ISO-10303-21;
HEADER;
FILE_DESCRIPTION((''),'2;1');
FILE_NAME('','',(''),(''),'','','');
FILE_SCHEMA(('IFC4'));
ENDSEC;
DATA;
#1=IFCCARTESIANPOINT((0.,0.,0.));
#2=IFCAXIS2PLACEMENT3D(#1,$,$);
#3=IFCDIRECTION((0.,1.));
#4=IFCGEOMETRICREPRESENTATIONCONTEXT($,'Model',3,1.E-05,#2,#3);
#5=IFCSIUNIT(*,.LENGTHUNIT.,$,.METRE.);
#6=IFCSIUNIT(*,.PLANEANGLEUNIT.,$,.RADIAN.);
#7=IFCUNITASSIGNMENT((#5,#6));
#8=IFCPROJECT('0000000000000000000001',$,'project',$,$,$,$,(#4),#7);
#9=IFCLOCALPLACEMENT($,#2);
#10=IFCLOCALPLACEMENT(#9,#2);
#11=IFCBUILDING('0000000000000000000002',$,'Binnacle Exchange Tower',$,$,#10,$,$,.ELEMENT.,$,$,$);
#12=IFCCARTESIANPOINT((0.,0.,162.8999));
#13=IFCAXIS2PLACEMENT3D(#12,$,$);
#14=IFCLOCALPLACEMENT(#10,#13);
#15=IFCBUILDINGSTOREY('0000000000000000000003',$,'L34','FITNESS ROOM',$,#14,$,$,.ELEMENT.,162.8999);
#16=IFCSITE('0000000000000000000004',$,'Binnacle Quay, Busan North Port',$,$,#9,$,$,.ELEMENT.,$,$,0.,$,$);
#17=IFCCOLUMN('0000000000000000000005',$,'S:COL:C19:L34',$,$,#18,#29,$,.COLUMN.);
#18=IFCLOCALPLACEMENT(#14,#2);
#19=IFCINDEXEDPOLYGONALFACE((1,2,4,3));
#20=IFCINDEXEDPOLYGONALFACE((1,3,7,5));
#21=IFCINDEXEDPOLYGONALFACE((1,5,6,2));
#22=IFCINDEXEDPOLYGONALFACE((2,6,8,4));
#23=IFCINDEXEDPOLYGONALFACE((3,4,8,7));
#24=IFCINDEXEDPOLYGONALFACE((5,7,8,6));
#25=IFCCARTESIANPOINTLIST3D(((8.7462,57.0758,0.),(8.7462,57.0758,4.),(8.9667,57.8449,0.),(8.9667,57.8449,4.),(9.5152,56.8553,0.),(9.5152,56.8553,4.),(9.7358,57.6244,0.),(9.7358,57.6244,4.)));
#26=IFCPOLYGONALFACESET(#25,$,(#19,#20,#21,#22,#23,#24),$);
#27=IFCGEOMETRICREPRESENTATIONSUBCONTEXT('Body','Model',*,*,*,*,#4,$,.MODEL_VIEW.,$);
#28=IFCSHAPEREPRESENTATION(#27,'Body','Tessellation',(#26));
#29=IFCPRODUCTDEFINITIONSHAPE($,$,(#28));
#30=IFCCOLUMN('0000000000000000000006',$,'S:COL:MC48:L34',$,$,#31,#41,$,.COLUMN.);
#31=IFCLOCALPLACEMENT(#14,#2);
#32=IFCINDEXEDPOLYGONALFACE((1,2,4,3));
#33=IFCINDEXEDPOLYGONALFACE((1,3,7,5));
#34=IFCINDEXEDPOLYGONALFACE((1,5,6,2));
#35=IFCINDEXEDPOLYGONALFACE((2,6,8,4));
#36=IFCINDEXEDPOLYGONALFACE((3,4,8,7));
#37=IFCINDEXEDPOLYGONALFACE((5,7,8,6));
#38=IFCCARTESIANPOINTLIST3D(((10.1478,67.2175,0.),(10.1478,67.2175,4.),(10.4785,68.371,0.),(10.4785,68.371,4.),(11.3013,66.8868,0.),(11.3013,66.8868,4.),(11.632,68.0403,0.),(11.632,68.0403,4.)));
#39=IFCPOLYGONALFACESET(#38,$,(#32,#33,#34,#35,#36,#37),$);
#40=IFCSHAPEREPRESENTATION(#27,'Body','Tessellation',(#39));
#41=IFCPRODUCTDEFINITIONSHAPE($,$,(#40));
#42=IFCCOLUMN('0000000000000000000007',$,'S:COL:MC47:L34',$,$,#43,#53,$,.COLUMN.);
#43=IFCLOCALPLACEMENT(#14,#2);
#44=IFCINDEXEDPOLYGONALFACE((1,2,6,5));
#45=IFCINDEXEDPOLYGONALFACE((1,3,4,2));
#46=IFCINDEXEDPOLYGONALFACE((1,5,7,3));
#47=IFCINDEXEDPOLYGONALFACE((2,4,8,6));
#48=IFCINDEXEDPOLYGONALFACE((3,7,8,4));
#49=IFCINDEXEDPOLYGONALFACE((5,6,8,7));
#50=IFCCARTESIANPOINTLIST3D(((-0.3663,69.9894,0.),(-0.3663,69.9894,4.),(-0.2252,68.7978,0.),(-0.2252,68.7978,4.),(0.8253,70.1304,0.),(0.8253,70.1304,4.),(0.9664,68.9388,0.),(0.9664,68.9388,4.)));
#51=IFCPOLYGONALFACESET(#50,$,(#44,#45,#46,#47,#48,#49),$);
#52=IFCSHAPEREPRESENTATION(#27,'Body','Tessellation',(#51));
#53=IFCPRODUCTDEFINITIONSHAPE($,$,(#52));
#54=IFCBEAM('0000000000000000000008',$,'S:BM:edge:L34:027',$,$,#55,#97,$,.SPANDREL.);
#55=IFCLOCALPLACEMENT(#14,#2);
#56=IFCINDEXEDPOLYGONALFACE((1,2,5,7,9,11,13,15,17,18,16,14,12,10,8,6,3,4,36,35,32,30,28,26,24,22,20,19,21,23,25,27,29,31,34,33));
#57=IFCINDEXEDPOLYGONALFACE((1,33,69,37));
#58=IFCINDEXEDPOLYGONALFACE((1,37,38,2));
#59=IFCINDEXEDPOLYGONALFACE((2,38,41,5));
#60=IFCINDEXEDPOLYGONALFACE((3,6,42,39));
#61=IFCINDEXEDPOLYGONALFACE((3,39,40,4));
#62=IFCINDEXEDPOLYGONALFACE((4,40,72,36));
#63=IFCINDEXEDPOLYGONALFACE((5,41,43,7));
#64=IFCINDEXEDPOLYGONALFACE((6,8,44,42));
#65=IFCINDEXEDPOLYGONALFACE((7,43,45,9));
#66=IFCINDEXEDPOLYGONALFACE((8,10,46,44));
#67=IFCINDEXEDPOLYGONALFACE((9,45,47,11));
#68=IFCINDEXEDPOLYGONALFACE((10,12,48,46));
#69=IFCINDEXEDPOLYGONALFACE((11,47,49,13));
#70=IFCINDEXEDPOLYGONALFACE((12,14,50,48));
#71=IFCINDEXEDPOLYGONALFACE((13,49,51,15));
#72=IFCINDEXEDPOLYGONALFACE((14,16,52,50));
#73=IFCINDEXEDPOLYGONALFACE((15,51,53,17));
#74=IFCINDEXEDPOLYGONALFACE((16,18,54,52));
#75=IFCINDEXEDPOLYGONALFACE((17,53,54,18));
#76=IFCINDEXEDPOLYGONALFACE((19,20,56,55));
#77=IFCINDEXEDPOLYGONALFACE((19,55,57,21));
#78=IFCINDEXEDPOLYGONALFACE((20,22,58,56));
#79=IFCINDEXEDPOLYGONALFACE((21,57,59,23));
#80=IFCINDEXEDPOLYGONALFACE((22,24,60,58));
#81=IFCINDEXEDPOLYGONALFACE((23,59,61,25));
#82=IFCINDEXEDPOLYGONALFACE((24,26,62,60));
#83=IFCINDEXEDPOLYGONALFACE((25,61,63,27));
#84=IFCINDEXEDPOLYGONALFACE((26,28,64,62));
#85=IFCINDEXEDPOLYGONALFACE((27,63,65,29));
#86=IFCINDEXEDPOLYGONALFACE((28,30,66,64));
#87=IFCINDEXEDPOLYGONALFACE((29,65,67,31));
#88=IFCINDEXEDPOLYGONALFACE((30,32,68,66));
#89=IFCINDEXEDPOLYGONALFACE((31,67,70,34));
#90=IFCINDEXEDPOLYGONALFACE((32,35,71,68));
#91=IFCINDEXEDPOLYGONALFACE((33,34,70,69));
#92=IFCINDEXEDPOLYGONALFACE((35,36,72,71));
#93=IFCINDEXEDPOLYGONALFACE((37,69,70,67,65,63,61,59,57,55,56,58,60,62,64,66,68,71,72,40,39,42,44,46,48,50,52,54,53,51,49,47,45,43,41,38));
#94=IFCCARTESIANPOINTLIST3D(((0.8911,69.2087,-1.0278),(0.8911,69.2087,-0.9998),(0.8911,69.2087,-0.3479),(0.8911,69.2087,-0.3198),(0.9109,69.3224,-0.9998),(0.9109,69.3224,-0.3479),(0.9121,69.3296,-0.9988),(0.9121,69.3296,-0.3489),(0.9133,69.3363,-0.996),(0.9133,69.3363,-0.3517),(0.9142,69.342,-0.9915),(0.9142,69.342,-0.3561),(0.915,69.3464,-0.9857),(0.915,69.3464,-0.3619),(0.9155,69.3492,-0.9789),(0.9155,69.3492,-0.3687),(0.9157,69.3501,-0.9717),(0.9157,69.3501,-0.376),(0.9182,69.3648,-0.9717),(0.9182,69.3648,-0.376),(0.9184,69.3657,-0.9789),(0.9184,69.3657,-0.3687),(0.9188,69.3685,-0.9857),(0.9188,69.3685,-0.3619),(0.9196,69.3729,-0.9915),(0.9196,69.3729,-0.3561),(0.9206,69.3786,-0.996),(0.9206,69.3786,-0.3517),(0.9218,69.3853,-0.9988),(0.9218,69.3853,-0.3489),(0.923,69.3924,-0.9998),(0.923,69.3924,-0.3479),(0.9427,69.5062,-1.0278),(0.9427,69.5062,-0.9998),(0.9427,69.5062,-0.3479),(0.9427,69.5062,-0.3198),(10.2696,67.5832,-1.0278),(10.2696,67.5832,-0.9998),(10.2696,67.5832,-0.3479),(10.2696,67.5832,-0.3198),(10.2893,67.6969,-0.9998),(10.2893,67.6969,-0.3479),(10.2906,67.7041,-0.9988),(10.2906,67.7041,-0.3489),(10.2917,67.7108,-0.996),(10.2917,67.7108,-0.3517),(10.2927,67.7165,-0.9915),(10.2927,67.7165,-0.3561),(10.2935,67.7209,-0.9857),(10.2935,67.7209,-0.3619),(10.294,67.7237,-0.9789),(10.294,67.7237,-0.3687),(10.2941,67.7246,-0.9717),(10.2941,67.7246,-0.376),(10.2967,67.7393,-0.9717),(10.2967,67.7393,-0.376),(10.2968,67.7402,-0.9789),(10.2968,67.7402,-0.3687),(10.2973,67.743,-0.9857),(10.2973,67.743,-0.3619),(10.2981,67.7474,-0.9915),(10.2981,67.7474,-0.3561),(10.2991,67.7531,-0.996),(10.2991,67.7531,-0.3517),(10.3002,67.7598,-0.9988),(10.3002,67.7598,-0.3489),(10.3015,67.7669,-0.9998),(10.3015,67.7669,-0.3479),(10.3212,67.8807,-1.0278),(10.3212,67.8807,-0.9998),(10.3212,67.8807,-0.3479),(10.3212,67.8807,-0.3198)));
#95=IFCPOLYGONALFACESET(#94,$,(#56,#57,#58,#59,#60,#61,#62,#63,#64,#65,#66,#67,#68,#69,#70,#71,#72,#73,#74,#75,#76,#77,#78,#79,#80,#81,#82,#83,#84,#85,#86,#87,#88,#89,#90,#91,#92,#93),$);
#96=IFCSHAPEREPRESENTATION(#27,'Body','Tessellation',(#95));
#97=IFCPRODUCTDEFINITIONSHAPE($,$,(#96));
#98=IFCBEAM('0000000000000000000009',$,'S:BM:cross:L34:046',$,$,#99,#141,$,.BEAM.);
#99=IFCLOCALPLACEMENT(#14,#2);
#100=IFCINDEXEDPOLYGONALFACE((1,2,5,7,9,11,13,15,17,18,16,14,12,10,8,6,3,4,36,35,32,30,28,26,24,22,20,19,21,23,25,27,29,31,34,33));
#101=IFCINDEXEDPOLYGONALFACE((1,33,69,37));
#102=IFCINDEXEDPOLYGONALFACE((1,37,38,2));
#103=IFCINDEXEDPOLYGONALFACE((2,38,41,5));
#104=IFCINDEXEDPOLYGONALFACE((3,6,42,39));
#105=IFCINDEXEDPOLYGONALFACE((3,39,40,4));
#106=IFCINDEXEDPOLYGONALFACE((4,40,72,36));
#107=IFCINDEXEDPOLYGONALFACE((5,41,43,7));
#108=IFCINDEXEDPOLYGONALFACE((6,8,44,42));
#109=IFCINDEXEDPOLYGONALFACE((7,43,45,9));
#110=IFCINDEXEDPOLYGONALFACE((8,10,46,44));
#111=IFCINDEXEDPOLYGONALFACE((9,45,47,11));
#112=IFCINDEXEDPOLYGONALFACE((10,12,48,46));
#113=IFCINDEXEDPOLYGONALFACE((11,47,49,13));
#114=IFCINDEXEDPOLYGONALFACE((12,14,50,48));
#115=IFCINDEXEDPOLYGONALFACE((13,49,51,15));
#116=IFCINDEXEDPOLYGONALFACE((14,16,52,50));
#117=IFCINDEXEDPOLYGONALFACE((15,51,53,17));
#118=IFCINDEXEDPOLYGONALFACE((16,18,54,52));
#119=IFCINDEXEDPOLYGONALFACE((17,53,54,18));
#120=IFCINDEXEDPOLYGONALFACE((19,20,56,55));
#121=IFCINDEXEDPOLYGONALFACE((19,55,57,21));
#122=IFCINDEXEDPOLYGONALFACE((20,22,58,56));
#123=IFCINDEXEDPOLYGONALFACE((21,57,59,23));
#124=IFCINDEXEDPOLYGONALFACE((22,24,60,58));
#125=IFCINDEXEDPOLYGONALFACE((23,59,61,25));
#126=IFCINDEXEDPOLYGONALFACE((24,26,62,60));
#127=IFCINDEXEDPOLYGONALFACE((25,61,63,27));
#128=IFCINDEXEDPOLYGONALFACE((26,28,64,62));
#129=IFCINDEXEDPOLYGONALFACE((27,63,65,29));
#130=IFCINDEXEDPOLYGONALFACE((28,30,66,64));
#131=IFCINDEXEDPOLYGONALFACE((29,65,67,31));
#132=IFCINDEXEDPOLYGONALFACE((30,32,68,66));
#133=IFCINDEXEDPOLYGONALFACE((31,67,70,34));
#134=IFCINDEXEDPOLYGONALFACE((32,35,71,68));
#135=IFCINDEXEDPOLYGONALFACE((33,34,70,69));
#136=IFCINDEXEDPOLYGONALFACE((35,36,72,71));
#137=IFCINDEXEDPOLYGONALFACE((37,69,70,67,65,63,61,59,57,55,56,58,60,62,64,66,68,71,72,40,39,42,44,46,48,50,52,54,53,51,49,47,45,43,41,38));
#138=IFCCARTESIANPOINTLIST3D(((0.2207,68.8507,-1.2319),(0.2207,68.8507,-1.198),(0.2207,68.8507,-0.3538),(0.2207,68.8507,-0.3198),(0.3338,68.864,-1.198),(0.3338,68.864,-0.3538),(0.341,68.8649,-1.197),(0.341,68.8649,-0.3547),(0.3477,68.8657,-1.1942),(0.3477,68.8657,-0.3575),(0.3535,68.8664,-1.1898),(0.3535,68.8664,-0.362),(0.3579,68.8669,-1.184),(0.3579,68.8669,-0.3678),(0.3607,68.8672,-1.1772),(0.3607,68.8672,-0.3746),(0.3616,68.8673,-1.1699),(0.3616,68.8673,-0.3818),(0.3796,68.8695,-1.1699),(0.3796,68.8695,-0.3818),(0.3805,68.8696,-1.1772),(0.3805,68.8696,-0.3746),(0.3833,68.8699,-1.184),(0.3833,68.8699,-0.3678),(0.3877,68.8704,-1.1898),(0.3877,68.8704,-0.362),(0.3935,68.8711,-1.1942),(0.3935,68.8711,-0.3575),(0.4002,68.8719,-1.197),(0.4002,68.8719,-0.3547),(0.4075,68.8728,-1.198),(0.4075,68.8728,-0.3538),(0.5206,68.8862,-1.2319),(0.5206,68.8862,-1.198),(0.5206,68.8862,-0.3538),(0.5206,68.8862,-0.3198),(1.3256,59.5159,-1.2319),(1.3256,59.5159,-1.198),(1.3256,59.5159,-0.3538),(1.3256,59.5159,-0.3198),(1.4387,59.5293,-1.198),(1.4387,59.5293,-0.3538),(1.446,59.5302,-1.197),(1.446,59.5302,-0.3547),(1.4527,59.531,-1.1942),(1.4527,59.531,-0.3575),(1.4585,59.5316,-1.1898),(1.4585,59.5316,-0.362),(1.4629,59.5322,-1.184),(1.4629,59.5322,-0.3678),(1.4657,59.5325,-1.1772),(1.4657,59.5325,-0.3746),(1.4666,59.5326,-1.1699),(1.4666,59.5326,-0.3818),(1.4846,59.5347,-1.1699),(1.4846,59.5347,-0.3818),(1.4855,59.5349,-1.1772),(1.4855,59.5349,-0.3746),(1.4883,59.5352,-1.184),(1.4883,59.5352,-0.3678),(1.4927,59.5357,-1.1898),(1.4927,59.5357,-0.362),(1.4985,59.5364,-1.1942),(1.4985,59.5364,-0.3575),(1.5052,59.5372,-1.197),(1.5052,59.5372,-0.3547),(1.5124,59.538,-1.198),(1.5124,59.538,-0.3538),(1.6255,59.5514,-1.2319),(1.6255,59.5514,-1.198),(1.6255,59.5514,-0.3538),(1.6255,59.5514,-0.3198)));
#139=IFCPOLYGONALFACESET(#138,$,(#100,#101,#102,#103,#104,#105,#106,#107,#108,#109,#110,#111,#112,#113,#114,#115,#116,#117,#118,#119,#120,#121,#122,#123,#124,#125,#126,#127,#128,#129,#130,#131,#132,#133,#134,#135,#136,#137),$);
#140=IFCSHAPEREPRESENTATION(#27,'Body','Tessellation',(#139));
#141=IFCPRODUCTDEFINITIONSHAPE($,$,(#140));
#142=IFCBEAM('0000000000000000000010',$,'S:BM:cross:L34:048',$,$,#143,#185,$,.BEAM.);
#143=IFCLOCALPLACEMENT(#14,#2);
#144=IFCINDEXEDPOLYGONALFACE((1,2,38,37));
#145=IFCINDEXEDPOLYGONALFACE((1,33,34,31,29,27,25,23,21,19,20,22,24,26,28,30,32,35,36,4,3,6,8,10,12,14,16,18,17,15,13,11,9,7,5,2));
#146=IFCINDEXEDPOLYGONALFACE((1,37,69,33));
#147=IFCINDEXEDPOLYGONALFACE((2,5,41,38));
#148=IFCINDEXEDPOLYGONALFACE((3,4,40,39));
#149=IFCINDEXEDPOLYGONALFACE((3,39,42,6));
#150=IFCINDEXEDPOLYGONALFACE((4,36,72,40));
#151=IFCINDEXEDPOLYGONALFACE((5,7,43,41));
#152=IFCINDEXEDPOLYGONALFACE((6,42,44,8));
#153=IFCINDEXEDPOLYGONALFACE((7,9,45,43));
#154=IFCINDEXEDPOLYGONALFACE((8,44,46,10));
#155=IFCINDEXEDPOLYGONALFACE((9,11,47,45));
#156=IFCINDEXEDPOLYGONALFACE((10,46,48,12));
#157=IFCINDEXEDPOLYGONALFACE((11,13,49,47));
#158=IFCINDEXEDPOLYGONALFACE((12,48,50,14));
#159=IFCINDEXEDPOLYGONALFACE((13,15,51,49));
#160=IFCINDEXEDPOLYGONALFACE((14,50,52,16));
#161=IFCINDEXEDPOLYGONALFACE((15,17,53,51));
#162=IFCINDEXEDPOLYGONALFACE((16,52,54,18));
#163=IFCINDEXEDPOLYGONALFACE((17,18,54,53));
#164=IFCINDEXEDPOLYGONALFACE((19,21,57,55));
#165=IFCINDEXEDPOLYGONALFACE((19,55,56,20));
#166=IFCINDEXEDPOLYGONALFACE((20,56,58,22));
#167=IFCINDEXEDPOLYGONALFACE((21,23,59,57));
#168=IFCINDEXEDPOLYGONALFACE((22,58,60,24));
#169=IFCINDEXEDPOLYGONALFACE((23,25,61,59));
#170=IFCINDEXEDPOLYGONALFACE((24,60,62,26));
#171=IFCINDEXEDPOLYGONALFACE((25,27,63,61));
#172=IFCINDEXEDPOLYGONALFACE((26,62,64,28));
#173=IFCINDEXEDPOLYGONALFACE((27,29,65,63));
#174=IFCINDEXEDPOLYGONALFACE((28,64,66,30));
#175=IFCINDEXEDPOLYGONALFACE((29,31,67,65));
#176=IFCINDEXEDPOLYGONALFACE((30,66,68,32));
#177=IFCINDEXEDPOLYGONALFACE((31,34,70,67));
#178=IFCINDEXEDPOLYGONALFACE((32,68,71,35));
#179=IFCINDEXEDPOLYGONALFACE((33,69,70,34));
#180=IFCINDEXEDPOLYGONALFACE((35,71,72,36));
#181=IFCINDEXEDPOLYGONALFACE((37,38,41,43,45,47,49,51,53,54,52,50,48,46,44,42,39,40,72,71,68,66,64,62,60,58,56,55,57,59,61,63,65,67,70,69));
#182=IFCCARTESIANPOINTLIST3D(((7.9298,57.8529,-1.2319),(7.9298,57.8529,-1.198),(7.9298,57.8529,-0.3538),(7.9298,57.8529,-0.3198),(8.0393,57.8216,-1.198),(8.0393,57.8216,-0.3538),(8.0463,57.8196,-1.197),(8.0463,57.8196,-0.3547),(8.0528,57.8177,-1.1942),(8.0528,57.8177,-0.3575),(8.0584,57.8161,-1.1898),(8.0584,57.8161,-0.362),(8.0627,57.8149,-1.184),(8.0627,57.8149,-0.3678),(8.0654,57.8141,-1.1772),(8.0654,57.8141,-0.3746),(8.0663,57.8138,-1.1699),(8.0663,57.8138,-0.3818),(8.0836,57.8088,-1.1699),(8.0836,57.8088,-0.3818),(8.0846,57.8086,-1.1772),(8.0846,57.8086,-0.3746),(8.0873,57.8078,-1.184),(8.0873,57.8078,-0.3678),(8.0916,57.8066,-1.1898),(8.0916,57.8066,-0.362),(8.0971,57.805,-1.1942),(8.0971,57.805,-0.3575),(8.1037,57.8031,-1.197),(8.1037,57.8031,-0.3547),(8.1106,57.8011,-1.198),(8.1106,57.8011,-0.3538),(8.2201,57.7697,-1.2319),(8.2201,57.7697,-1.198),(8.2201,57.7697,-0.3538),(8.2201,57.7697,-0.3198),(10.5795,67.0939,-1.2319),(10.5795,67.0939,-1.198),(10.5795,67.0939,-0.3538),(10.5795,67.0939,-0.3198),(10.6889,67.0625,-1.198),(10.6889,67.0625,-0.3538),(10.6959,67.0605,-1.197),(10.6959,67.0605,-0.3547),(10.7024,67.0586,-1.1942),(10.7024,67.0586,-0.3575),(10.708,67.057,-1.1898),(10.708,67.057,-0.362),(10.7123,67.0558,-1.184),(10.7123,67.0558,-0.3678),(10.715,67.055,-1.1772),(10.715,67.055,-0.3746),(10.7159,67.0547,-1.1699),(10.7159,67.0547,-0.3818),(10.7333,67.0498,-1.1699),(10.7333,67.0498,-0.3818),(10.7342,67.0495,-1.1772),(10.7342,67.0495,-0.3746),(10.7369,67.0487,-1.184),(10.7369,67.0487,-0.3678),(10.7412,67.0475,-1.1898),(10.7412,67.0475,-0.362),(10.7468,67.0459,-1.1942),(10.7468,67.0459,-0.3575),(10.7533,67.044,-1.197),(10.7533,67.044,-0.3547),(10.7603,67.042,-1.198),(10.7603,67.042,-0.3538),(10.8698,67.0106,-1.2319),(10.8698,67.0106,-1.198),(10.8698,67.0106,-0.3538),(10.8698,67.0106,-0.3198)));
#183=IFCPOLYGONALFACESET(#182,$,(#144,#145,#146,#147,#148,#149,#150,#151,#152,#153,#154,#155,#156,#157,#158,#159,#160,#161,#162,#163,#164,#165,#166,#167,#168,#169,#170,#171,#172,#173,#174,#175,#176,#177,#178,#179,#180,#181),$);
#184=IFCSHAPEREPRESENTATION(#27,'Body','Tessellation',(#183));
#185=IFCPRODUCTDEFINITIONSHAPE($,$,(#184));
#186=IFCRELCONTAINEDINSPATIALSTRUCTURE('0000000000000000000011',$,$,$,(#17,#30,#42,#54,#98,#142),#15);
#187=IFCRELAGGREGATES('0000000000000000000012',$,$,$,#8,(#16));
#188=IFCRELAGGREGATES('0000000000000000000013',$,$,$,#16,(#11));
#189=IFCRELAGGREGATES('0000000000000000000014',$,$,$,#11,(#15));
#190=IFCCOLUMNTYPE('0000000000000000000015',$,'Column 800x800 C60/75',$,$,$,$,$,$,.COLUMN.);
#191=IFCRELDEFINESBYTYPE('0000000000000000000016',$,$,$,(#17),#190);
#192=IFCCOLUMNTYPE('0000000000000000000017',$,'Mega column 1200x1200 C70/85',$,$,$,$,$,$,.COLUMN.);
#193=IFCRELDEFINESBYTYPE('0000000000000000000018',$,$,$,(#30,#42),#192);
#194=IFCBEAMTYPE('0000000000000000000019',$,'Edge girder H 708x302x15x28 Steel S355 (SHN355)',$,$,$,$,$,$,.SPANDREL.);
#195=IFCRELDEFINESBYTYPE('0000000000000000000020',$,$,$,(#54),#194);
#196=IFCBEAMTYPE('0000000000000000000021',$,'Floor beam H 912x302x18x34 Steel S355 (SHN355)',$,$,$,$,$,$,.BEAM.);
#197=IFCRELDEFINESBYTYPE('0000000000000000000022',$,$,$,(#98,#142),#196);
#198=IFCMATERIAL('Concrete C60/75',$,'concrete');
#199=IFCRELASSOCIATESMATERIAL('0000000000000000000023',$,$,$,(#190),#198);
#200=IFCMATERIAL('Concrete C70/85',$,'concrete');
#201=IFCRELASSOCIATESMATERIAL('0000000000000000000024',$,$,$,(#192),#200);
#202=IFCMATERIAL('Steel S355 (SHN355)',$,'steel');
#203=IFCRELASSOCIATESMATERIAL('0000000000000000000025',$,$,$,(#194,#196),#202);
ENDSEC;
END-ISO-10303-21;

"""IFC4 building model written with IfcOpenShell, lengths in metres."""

from ifc_helpers import new_model, si_unit, direction, frame, origin, origin_2d, place, context, subcontext, project, spatial, rectangle, i_section, extrude, material, material_profile, profile_set, type_object, element, save


model = new_model("IFC4")

# Units and contexts
model_context = context("Model", 3, precision=1e-05, world=origin(), true_north=direction((0.0, 1.0)))
body_context = subcontext(model_context, "Body", "Model", "MODEL_VIEW")
ifc_project = project(units=[si_unit("LENGTHUNIT", "METRE"), si_unit("PLANEANGLEUNIT", "RADIAN")], contexts=[model_context])

# Site, building, storey
site_placement = place(None, origin())
site = spatial("IfcSite", under=ifc_project, at=site_placement, Name="Binnacle Quay, Busan North Port", CompositionType="ELEMENT", RefElevation=0.0)
building_placement = place(site_placement, origin())
building = spatial("IfcBuilding", under=site, at=building_placement, Name="Binnacle Exchange Tower", CompositionType="ELEMENT")
storey_placement = place(building_placement, frame((0.0, 0.0, 162.8999)))
storey = spatial("IfcBuildingStorey", under=building, at=storey_placement, Name="L34", Description="FITNESS ROOM", CompositionType="ELEMENT", Elevation=162.8999)

# Columns
ifc_material_1 = material(Name="Concrete C60/75", Category="concrete")
ifc_material_profile_1 = material_profile(ifc_material_1, rectangle(XDim=0.8, YDim=0.8, at=origin_2d()), Name="Column 800x800 C60/75")
ifc_profile_set_1 = profile_set([ifc_material_profile_1], Name="Concrete C60/75")
column_type_1 = type_object("IfcColumnType", Name="Column 800x800 C60/75", PredefinedType="COLUMN", material=ifc_profile_set_1)
column_placement = place(storey_placement, frame((9.241, 57.3501, 0.0), z_axis=(0.0, 0.0, 1.0), x_axis=(0.961262, -0.275637, 0.0)))
element("IfcColumn", 1, at=column_placement, inside=storey, type_object=column_type_1, Name="S:COL:C19:L34", PredefinedType="COLUMN", context=body_context, shape_type="SweptSolid", body=[
    extrude(rectangle(XDim=0.8, YDim=0.8, at=origin_2d()), origin(), (0.0, 0.0, 1.0), 4.0),
])
ifc_material_2 = material(Name="Concrete C70/85", Category="concrete")
ifc_material_profile_2 = material_profile(ifc_material_2, rectangle(XDim=1.2, YDim=1.2, at=origin_2d()), Name="Mega column 1200x1200 C70/85")
ifc_profile_set_2 = profile_set([ifc_material_profile_2], Name="Concrete C70/85")
column_type_2 = type_object("IfcColumnType", Name="Mega column 1200x1200 C70/85", PredefinedType="COLUMN", material=ifc_profile_set_2)
for number, where, z_axis, x_axis, name in (
    (2, (10.8899, 67.6289, 0.0), (0.0, 0.0, 1.0), (-0.961262, 0.275637, 0.0), "S:COL:MC48:L34"),
    (3, (0.3, 69.4641, 0.0), (0.0, 0.0, 1.0), (-0.993068, -0.117537, 0.0), "S:COL:MC47:L34"),
):
    element("IfcColumn", number, at=place(storey_placement, frame(where, z_axis=z_axis, x_axis=x_axis)), inside=storey, type_object=column_type_2, Name=name, PredefinedType="COLUMN", context=body_context, shape_type="SweptSolid", body=[
        extrude(rectangle(XDim=1.2, YDim=1.2, at=origin_2d()), origin(), (0.0, 0.0, 1.0), 4.0),
    ])

# Beams
ifc_material_3 = material(Name="Steel S355 (SHN355)", Category="steel")
ifc_material_profile_3 = material_profile(ifc_material_3, i_section(OverallWidth=0.302, OverallDepth=0.708, WebThickness=0.0149, FlangeThickness=0.0281, FilletRadius=0.0281, at=origin_2d()), Name="H 708x302x15x28")
ifc_profile_set_3 = profile_set([ifc_material_profile_3], Name="Steel S355 (SHN355)")
beam_type_1 = type_object("IfcBeamType", Name="Edge girder H 708x302x15x28 Steel S355 (SHN355)", PredefinedType="SPANDREL", material=ifc_profile_set_3)
beam_1_placement = place(storey_placement, frame((10.2954, 67.7319, -0.6738), z_axis=(-0.98531, 0.170776, 0.0), x_axis=(-0.170776, -0.98531, 0.0)))
element("IfcBeam", 4, at=beam_1_placement, inside=storey, type_object=beam_type_1, Name="S:BM:edge:L34:027", PredefinedType="SPANDREL", context=body_context, shape_type="SweptSolid", body=[
    extrude(i_section(OverallWidth=0.302, OverallDepth=0.708, WebThickness=0.0149, FlangeThickness=0.0281, FilletRadius=0.0281, at=origin_2d()), origin(), (0.0, 0.0, 1.0), 9.5183),
])
ifc_material_profile_4 = material_profile(ifc_material_3, i_section(OverallWidth=0.302, OverallDepth=0.9121, WebThickness=0.0181, FlangeThickness=0.0339, FilletRadius=0.0281, at=origin_2d()), Name="H 912x302x18x34")
ifc_profile_set_4 = profile_set([ifc_material_profile_4], Name="Steel S355 (SHN355)")
beam_type_2 = type_object("IfcBeamType", Name="Floor beam H 912x302x18x34 Steel S355 (SHN355)", PredefinedType="BEAM", material=ifc_profile_set_4)
beam_2_placement = place(storey_placement, frame((0.3706, 68.8684, -0.7759), z_axis=(0.117552, -0.993067, 0.0), x_axis=(0.993067, 0.117552, 0.0)))
element("IfcBeam", 5, at=beam_2_placement, inside=storey, type_object=beam_type_2, Name="S:BM:cross:L34:046", PredefinedType="BEAM", context=body_context, shape_type="SweptSolid", body=[
    extrude(i_section(OverallWidth=0.302, OverallDepth=0.9121, WebThickness=0.0181, FlangeThickness=0.0339, FilletRadius=0.0281, at=origin_2d()), origin(), (0.0, 0.0, 1.0), 9.3999),
])
beam_3_placement = place(storey_placement, frame((10.7246, 67.0522, -0.7759), z_axis=(-0.275623, -0.961266, 0.0), x_axis=(0.961266, -0.275623, 0.0)))
element("IfcBeam", 6, at=beam_3_placement, inside=storey, type_object=beam_type_2, Name="S:BM:cross:L34:048", PredefinedType="BEAM", context=body_context, shape_type="SweptSolid", body=[
    extrude(i_section(OverallWidth=0.302, OverallDepth=0.9121, WebThickness=0.0181, FlangeThickness=0.0339, FilletRadius=0.0281, at=origin_2d()), origin(), (0.0, 0.0, 1.0), 9.6133),
])

save(model, "model.ifc")
